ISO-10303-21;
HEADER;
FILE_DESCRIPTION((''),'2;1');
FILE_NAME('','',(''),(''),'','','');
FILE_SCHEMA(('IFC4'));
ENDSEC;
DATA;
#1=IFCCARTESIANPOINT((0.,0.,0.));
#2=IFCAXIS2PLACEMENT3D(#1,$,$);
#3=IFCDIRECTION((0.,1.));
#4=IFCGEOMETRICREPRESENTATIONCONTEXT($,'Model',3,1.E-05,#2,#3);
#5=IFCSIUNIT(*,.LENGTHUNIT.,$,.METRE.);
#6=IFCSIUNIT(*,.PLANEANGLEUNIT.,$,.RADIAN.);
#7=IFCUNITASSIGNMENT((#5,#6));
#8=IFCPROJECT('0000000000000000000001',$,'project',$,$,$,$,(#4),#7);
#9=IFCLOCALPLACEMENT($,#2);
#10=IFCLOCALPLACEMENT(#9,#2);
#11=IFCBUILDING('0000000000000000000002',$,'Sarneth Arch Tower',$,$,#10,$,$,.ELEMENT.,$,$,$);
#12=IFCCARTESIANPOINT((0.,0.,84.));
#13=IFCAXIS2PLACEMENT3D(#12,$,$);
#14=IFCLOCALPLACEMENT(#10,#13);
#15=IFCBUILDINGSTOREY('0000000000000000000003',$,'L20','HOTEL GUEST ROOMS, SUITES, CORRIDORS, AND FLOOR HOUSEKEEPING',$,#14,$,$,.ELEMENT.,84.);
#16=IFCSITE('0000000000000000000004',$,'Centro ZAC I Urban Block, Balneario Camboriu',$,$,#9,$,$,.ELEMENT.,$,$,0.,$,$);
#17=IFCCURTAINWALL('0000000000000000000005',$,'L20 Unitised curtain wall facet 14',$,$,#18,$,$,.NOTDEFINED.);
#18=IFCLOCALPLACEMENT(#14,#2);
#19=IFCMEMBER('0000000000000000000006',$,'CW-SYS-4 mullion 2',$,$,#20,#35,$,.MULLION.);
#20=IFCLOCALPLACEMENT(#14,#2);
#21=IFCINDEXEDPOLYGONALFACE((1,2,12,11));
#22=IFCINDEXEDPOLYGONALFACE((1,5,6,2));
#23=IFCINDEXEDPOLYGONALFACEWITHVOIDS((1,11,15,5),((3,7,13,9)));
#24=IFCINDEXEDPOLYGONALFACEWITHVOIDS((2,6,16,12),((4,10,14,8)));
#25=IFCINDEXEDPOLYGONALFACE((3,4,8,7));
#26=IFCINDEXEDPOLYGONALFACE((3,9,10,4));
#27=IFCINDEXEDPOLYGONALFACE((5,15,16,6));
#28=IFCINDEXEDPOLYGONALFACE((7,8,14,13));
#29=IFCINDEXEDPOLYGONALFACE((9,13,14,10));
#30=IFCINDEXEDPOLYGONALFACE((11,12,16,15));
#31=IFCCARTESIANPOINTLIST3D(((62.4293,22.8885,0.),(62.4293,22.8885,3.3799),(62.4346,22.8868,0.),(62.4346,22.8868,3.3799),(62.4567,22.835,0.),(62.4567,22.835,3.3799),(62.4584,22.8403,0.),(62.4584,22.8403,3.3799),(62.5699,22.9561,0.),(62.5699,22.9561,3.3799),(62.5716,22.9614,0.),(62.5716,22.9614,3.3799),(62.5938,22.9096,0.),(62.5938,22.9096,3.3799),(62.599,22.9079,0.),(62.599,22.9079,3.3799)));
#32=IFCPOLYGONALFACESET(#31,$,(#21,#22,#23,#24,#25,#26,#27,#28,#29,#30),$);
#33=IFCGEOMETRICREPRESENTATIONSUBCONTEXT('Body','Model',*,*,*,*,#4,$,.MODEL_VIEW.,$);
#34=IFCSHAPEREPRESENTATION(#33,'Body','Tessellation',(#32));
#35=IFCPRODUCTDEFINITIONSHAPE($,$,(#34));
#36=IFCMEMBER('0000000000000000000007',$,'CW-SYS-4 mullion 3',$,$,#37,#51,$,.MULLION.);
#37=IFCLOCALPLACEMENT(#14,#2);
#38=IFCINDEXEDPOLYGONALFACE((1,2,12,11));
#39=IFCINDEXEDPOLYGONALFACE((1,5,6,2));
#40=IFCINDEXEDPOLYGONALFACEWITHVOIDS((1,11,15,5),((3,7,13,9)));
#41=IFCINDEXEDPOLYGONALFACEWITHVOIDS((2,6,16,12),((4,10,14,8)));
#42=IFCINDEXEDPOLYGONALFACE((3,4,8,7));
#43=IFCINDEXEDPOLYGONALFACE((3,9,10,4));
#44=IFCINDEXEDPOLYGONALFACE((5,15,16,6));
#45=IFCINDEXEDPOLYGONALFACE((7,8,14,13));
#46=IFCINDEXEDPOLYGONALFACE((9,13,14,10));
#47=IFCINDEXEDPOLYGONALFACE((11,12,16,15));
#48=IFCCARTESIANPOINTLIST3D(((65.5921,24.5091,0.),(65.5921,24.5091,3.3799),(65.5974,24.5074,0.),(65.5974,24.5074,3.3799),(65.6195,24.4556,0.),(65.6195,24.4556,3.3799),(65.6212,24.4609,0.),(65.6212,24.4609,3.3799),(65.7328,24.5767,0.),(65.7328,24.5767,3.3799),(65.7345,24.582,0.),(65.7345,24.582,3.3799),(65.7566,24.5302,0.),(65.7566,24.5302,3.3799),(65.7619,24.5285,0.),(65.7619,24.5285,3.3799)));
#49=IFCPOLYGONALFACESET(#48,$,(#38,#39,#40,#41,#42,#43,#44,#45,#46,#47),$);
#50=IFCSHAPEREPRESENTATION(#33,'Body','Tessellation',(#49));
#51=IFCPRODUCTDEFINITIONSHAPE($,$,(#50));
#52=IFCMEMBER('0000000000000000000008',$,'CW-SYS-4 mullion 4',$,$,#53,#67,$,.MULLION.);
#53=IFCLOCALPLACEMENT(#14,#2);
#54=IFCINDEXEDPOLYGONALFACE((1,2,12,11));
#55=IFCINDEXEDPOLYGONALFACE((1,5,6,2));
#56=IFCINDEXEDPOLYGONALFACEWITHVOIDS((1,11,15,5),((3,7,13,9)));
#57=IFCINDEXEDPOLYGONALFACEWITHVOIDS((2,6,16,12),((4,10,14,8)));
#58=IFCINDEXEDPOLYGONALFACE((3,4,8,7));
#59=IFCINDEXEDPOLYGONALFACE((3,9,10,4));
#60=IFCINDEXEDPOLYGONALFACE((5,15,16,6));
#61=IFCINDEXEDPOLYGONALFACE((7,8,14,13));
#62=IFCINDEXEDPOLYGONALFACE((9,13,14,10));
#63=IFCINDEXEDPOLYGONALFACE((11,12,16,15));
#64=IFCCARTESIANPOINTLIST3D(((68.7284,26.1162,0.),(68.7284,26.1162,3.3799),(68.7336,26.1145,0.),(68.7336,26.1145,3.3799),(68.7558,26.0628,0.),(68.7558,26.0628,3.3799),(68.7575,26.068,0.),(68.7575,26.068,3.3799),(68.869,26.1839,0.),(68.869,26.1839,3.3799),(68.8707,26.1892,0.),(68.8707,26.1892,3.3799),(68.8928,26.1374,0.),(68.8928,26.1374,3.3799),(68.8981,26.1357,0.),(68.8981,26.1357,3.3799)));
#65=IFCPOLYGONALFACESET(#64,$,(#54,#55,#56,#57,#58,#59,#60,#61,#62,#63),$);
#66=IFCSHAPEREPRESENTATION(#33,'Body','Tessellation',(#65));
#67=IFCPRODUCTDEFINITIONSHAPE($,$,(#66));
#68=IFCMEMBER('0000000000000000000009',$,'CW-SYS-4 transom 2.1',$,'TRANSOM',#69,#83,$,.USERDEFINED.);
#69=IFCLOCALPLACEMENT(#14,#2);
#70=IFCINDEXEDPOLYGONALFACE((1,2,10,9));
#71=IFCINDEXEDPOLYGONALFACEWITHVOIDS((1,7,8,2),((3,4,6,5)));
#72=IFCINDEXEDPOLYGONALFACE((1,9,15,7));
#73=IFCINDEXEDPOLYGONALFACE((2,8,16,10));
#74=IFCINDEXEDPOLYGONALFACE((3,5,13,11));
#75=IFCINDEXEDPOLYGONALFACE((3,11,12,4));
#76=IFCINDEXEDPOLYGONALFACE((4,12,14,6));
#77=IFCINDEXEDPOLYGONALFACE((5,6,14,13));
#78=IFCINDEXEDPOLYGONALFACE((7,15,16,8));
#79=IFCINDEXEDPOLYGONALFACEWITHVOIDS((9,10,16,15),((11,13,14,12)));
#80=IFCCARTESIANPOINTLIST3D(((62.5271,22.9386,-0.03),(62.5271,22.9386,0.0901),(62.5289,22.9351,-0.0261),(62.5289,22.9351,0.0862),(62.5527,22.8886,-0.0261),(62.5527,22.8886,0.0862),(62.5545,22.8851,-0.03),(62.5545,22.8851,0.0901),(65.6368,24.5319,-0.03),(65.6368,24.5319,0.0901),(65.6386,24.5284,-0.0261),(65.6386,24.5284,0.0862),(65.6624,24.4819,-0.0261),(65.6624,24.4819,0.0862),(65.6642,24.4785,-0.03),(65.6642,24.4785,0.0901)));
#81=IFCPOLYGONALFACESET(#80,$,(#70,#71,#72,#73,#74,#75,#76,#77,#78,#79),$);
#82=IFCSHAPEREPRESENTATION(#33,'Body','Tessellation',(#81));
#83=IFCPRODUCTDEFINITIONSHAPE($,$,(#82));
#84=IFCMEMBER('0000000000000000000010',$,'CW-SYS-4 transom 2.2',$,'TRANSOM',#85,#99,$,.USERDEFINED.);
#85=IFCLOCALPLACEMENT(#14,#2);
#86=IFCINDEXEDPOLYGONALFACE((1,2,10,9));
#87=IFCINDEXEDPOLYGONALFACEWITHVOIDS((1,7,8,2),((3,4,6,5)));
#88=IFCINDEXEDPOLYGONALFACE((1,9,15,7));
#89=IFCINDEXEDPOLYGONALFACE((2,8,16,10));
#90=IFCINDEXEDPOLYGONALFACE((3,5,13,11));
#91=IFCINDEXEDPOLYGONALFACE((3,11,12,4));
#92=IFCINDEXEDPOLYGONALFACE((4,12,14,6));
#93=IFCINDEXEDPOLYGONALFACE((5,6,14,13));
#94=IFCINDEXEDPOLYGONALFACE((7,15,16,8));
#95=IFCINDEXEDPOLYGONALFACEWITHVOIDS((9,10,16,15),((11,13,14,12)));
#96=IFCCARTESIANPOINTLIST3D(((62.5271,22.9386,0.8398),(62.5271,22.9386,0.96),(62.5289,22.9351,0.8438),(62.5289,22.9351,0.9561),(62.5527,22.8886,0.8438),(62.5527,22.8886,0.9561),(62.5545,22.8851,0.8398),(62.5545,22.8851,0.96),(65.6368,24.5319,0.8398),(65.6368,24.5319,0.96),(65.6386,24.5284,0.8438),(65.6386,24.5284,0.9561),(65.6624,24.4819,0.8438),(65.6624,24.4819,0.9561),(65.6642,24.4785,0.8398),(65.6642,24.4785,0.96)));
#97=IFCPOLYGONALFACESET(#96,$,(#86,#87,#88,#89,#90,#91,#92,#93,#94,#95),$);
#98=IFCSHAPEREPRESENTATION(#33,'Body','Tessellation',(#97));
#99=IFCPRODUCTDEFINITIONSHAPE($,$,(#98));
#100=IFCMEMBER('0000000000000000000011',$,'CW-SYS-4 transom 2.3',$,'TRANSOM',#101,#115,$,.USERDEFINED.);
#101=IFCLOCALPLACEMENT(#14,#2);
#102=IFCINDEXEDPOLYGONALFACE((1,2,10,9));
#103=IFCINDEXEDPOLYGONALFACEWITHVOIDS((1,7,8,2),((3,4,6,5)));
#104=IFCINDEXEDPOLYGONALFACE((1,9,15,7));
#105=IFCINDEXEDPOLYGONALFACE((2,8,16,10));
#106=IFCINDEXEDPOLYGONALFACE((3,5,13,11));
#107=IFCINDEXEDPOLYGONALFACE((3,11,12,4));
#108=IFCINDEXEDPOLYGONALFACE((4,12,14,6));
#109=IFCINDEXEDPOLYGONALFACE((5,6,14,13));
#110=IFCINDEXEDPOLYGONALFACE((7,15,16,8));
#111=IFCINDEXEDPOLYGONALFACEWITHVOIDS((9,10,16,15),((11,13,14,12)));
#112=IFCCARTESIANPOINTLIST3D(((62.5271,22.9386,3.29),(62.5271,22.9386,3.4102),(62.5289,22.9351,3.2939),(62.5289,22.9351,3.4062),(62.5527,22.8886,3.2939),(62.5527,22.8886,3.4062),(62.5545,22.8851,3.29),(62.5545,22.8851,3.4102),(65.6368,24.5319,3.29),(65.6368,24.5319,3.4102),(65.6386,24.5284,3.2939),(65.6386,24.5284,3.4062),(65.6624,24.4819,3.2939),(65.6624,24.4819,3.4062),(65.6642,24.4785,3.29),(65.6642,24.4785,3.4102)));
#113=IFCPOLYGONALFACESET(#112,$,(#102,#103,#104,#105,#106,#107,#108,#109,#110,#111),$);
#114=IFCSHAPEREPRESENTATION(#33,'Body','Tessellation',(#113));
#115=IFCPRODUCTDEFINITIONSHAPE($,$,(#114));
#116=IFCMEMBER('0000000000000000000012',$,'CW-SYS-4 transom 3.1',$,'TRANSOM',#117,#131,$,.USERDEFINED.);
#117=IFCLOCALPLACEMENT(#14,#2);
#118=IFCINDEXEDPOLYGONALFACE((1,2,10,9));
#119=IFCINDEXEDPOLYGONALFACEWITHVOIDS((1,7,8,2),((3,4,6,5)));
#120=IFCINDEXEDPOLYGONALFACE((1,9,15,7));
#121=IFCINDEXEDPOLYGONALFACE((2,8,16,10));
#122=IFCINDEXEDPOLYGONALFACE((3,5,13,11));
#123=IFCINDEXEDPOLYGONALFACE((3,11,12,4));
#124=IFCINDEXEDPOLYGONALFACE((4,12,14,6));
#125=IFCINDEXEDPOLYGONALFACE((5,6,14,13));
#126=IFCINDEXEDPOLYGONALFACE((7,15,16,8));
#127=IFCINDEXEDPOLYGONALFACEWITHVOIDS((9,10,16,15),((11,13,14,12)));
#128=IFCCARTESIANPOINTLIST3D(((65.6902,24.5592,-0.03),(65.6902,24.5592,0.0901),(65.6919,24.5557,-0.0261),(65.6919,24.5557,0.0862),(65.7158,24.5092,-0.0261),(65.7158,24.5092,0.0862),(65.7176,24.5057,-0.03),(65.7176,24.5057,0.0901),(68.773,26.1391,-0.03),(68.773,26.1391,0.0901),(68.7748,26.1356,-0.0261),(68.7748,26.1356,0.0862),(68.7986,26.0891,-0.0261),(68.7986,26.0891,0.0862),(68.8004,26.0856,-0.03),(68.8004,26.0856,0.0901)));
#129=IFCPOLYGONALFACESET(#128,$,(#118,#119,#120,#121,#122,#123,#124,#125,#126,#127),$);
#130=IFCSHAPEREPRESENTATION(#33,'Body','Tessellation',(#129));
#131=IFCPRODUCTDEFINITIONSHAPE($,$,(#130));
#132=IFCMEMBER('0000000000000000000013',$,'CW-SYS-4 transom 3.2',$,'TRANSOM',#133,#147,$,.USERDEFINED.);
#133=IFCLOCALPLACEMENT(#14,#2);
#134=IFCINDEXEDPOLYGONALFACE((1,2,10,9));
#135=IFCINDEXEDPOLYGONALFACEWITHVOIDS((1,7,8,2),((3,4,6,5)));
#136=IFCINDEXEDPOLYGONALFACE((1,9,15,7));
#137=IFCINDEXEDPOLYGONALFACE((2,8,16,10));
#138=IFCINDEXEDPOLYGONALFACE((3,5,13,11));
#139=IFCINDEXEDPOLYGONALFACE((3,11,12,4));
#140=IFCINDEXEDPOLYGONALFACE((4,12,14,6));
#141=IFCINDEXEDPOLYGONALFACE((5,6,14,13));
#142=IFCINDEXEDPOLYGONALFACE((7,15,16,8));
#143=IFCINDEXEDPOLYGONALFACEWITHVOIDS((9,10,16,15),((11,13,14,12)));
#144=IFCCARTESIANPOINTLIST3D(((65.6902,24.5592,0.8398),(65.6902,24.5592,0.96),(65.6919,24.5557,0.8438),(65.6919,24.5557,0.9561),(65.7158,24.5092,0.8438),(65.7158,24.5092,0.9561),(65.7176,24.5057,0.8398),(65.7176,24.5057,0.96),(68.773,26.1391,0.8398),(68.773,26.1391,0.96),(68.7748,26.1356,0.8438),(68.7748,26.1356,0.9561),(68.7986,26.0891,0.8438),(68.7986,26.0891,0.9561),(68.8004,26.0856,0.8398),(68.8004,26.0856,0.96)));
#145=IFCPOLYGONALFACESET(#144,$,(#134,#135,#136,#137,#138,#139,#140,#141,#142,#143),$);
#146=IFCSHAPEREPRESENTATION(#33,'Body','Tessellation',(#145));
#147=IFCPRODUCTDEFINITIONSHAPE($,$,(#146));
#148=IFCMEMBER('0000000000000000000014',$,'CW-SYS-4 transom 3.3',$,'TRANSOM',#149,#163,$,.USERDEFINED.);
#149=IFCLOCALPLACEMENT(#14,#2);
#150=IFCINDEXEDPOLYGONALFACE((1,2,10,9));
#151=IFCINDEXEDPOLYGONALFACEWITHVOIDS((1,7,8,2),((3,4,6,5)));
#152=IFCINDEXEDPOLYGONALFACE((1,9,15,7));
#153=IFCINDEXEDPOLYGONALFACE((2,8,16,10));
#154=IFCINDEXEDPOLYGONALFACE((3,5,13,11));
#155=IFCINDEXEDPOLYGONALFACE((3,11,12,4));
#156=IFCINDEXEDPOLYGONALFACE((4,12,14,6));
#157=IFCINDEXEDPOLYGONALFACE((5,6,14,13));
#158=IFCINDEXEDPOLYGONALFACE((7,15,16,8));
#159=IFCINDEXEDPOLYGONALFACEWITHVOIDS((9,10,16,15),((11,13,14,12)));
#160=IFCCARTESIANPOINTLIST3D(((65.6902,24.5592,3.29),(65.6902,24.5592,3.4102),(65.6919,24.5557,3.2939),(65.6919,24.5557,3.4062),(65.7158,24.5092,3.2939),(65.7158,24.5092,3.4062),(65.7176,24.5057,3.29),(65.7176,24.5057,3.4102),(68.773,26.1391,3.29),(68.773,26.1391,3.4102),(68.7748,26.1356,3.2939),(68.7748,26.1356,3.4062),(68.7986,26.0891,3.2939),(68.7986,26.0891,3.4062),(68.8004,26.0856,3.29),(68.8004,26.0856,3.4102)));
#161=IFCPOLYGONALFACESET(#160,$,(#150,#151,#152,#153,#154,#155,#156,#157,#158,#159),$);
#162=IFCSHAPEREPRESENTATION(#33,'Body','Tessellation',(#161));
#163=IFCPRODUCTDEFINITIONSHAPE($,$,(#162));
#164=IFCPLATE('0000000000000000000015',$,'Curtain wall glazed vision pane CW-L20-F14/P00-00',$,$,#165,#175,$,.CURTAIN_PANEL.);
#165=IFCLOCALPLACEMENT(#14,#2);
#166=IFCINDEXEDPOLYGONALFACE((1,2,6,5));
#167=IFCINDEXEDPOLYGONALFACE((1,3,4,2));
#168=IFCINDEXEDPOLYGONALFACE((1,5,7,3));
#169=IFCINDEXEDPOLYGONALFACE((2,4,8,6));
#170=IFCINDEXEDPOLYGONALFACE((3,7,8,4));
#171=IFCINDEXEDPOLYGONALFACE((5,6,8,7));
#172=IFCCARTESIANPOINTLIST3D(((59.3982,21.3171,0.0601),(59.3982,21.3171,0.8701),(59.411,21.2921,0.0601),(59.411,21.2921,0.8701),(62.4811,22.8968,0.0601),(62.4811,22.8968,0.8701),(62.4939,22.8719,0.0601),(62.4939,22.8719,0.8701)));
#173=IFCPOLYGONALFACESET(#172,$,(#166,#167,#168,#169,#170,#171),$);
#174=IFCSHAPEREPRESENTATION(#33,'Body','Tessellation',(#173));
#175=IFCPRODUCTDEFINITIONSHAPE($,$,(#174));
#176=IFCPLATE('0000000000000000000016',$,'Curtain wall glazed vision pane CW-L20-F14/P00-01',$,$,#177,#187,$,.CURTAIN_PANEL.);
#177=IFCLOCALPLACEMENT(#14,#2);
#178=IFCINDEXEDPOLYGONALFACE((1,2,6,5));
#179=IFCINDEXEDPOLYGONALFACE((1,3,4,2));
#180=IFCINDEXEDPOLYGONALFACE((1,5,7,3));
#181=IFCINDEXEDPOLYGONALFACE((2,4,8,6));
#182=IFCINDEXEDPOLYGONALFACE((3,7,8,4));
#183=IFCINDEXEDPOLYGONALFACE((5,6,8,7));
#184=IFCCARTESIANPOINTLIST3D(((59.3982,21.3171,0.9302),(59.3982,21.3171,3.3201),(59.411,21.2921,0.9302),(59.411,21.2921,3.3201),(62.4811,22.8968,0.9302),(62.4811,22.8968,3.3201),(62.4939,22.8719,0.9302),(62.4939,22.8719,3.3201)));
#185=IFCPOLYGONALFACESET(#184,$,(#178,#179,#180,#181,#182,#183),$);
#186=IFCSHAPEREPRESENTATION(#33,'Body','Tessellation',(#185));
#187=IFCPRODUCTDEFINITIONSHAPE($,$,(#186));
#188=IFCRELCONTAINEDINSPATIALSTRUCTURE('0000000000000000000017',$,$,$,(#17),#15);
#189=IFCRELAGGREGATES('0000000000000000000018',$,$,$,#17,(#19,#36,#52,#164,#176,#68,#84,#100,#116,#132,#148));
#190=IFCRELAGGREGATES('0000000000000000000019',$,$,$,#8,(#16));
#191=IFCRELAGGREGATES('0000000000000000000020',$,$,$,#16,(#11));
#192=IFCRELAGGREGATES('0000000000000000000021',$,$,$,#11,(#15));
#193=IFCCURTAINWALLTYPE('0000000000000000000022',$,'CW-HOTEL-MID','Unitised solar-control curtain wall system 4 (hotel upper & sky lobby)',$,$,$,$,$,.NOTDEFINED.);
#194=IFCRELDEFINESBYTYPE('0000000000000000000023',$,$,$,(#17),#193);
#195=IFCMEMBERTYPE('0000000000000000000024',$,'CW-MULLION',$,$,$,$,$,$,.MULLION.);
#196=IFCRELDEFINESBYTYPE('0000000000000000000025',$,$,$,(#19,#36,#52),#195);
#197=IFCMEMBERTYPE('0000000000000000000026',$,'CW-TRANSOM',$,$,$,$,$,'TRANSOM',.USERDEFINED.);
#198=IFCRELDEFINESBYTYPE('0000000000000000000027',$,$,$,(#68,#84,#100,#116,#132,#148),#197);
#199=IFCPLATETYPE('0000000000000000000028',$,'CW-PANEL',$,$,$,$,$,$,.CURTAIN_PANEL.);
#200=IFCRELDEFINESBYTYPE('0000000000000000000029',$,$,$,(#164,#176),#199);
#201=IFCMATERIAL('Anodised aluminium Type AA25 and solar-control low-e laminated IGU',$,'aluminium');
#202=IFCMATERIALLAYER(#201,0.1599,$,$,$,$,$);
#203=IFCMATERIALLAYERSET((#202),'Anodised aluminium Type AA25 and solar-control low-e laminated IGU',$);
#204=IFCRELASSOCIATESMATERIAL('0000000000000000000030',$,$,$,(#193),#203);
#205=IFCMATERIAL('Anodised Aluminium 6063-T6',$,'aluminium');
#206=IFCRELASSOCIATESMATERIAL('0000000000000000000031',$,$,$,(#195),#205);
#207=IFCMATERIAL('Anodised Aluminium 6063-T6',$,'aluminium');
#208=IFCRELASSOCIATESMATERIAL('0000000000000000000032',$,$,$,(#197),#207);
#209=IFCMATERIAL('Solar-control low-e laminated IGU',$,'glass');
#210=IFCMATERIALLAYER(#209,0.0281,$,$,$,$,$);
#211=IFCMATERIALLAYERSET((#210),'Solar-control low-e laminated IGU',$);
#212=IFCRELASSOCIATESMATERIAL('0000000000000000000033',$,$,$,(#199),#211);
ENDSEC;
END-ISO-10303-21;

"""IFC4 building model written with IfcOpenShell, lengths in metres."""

from ifc_helpers import new_model, si_unit, direction, frame, origin, origin_2d, place, context, subcontext, project, spatial, rectangle, hollow_rectangle, extrude, material, layer, layer_set, material_profile, profile_set, type_object, element, aggregate, save


model = new_model("IFC4")

# Units and contexts
model_context = context("Model", 3, precision=1e-05, world=origin(), true_north=direction((0.0, 1.0)))
body_context = subcontext(model_context, "Body", "Model", "MODEL_VIEW")
ifc_project = project(units=[si_unit("LENGTHUNIT", "METRE"), si_unit("PLANEANGLEUNIT", "RADIAN")], contexts=[model_context])

# Site, building, storey
site_placement = place(None, origin())
site = spatial("IfcSite", under=ifc_project, at=site_placement, Name="Centro ZAC I Urban Block, Balneario Camboriu", CompositionType="ELEMENT", RefElevation=0.0)
building_placement = place(site_placement, origin())
building = spatial("IfcBuilding", under=site, at=building_placement, Name="Sarneth Arch Tower", CompositionType="ELEMENT")
storey_placement = place(building_placement, frame((0.0, 0.0, 84.0)))
storey = spatial("IfcBuildingStorey", under=building, at=storey_placement, Name="L20", Description="HOTEL GUEST ROOMS, SUITES, CORRIDORS, AND FLOOR HOUSEKEEPING", CompositionType="ELEMENT", Elevation=84.0)

# Curtain wall, members, plates
ifc_material_1 = material(Name="Anodised aluminium Type AA25 and solar-control low-e laminated IGU", Category="aluminium")
ifc_layer_1 = layer(ifc_material_1, 0.1599)
ifc_layer_set_1 = layer_set([ifc_layer_1], Name="Anodised aluminium Type AA25 and solar-control low-e laminated IGU")
curtain_wall_type = type_object("IfcCurtainWallType", Name="CW-HOTEL-MID", Description="Unitised solar-control curtain wall system 4 (hotel upper & sky lobby)", PredefinedType="NOTDEFINED", material=ifc_layer_set_1)
curtain_wall_placement = place(storey_placement, origin())
curtain_wall = element("IfcCurtainWall", 1, at=curtain_wall_placement, inside=storey, type_object=curtain_wall_type, Name="L20 Unitised curtain wall facet 14", PredefinedType="NOTDEFINED")
ifc_material_2 = material(Name="Anodised Aluminium 6063-T6", Category="aluminium")
ifc_material_profile_1 = material_profile(ifc_material_2, hollow_rectangle(XDim=0.0601, YDim=0.1599, WallThickness=0.0039, at=origin_2d()), Name="AL-MULL-160x60x4")
ifc_profile_set_1 = profile_set([ifc_material_profile_1], Name="Anodised Aluminium 6063-T6")
member_type_1 = type_object("IfcMemberType", Name="CW-MULLION", PredefinedType="MULLION", material=ifc_profile_set_1)
member_1_placement = place(storey_placement, frame((62.5142, 22.8982, 0.0), z_axis=(0.0, 0.0, 1.0), x_axis=(-0.456031, 0.889964, 0.0)))
member_1 = element("IfcMember", 2, at=member_1_placement, type_object=member_type_1, Name="CW-SYS-4 mullion 2", PredefinedType="MULLION", context=body_context, shape_type="SweptSolid", body=[
    extrude(hollow_rectangle(XDim=0.0601, YDim=0.1599, WallThickness=0.0039, at=origin_2d()), origin(), (0.0, 0.0, 1.0), 3.3799),
])
member_2_placement = place(storey_placement, frame((65.677, 24.5188, 0.0), z_axis=(0.0, 0.0, 1.0), x_axis=(-0.456031, 0.889964, 0.0)))
member_2 = element("IfcMember", 3, at=member_2_placement, type_object=member_type_1, Name="CW-SYS-4 mullion 3", PredefinedType="MULLION", context=body_context, shape_type="SweptSolid", body=[
    extrude(hollow_rectangle(XDim=0.0601, YDim=0.1599, WallThickness=0.0039, at=origin_2d()), origin(), (0.0, 0.0, 1.0), 3.3799),
])
member_3_placement = place(storey_placement, frame((68.8132, 26.126, 0.0), z_axis=(0.0, 0.0, 1.0), x_axis=(-0.456031, 0.889964, 0.0)))
member_3 = element("IfcMember", 4, at=member_3_placement, type_object=member_type_1, Name="CW-SYS-4 mullion 4", PredefinedType="MULLION", context=body_context, shape_type="SweptSolid", body=[
    extrude(hollow_rectangle(XDim=0.0601, YDim=0.1599, WallThickness=0.0039, at=origin_2d()), origin(), (0.0, 0.0, 1.0), 3.3799),
])
ifc_material_3 = material(Name="Anodised Aluminium 6063-T6", Category="aluminium")
ifc_material_profile_2 = material_profile(ifc_material_3, hollow_rectangle(XDim=0.0601, YDim=0.1201, WallThickness=0.0039, at=origin_2d()), Name="AL-TRAN-120x60x4")
ifc_profile_set_2 = profile_set([ifc_material_profile_2], Name="Anodised Aluminium 6063-T6")
member_type_2 = type_object("IfcMemberType", Name="CW-TRANSOM", ElementType="TRANSOM", PredefinedType="USERDEFINED", material=ifc_profile_set_2)
member_4_placement = place(storey_placement, frame((62.5408, 22.9119, 0.03), z_axis=(0.889982, 0.455996, 0.0), x_axis=(-0.455996, 0.889982, 0.0)))
member_4 = element("IfcMember", 5, at=member_4_placement, type_object=member_type_2, Name="CW-SYS-4 transom 2.1", ObjectType="TRANSOM", PredefinedType="USERDEFINED", context=body_context, shape_type="SweptSolid", body=[
    extrude(hollow_rectangle(XDim=0.0601, YDim=0.1201, WallThickness=0.0039, at=origin_2d()), origin(), (0.0, 0.0, 1.0), 3.4941),
])
member_5_placement = place(storey_placement, frame((62.5408, 22.9119, 0.8999), z_axis=(0.889982, 0.455996, 0.0), x_axis=(-0.455996, 0.889982, 0.0)))
member_5 = element("IfcMember", 6, at=member_5_placement, type_object=member_type_2, Name="CW-SYS-4 transom 2.2", ObjectType="TRANSOM", PredefinedType="USERDEFINED", context=body_context, shape_type="SweptSolid", body=[
    extrude(hollow_rectangle(XDim=0.0601, YDim=0.1201, WallThickness=0.0039, at=origin_2d()), origin(), (0.0, 0.0, 1.0), 3.4941),
])
member_6_placement = place(storey_placement, frame((62.5408, 22.9119, 3.3501), z_axis=(0.889982, 0.455996, 0.0), x_axis=(-0.455996, 0.889982, 0.0)))
member_6 = element("IfcMember", 7, at=member_6_placement, type_object=member_type_2, Name="CW-SYS-4 transom 2.3", ObjectType="TRANSOM", PredefinedType="USERDEFINED", context=body_context, shape_type="SweptSolid", body=[
    extrude(hollow_rectangle(XDim=0.0601, YDim=0.1201, WallThickness=0.0039, at=origin_2d()), origin(), (0.0, 0.0, 1.0), 3.4941),
])
member_7_placement = place(storey_placement, frame((65.7039, 24.5325, 0.03), z_axis=(0.889943, 0.456072, 0.0), x_axis=(-0.456072, 0.889943, 0.0)))
member_7 = element("IfcMember", 8, at=member_7_placement, type_object=member_type_2, Name="CW-SYS-4 transom 3.1", ObjectType="TRANSOM", PredefinedType="USERDEFINED", context=body_context, shape_type="SweptSolid", body=[
    extrude(hollow_rectangle(XDim=0.0601, YDim=0.1201, WallThickness=0.0039, at=origin_2d()), origin(), (0.0, 0.0, 1.0), 3.4641),
])
member_8_placement = place(storey_placement, frame((65.7039, 24.5325, 0.8999), z_axis=(0.889943, 0.456072, 0.0), x_axis=(-0.456072, 0.889943, 0.0)))
member_8 = element("IfcMember", 9, at=member_8_placement, type_object=member_type_2, Name="CW-SYS-4 transom 3.2", ObjectType="TRANSOM", PredefinedType="USERDEFINED", context=body_context, shape_type="SweptSolid", body=[
    extrude(hollow_rectangle(XDim=0.0601, YDim=0.1201, WallThickness=0.0039, at=origin_2d()), origin(), (0.0, 0.0, 1.0), 3.4641),
])
member_9_placement = place(storey_placement, frame((65.7039, 24.5325, 3.3501), z_axis=(0.889943, 0.456072, 0.0), x_axis=(-0.456072, 0.889943, 0.0)))
member_9 = element("IfcMember", 10, at=member_9_placement, type_object=member_type_2, Name="CW-SYS-4 transom 3.3", ObjectType="TRANSOM", PredefinedType="USERDEFINED", context=body_context, shape_type="SweptSolid", body=[
    extrude(hollow_rectangle(XDim=0.0601, YDim=0.1201, WallThickness=0.0039, at=origin_2d()), origin(), (0.0, 0.0, 1.0), 3.4641),
])
ifc_material_4 = material(Name="Solar-control low-e laminated IGU", Category="glass")
ifc_layer_2 = layer(ifc_material_4, 0.0281)
ifc_layer_set_2 = layer_set([ifc_layer_2], Name="Solar-control low-e laminated IGU")
plate_type_1 = type_object("IfcPlateType", Name="CW-PANEL", PredefinedType="CURTAIN_PANEL", material=ifc_layer_set_2)
plate_1_placement = place(storey_placement, frame((60.946, 22.0945, 0.0601), z_axis=(0.0, 0.0, 1.0), x_axis=(0.889964, 0.456031, 0.0)))
plate_1 = element("IfcPlate", 11, at=plate_1_placement, type_object=plate_type_1, Name="Curtain wall glazed vision pane CW-L20-F14/P00-00", PredefinedType="CURTAIN_PANEL", context=body_context, shape_type="SweptSolid", body=[
    extrude(rectangle(XDim=3.4641, YDim=0.0281, at=origin_2d()), origin(), (0.0, 0.0, 1.0), 0.8101),
])
plate_2_placement = place(storey_placement, frame((60.946, 22.0945, 0.9302), z_axis=(0.0, 0.0, 1.0), x_axis=(0.889964, 0.456031, 0.0)))
plate_2 = element("IfcPlate", 12, at=plate_2_placement, type_object=plate_type_1, Name="Curtain wall glazed vision pane CW-L20-F14/P00-01", PredefinedType="CURTAIN_PANEL", context=body_context, shape_type="SweptSolid", body=[
    extrude(rectangle(XDim=3.4641, YDim=0.0281, at=origin_2d()), origin(), (0.0, 0.0, 1.0), 2.3899),
])
aggregate(curtain_wall, [member_1, member_2, member_3, plate_1, plate_2, member_4, member_5, member_6, member_7, member_8, member_9])

save(model, "model.ifc")
